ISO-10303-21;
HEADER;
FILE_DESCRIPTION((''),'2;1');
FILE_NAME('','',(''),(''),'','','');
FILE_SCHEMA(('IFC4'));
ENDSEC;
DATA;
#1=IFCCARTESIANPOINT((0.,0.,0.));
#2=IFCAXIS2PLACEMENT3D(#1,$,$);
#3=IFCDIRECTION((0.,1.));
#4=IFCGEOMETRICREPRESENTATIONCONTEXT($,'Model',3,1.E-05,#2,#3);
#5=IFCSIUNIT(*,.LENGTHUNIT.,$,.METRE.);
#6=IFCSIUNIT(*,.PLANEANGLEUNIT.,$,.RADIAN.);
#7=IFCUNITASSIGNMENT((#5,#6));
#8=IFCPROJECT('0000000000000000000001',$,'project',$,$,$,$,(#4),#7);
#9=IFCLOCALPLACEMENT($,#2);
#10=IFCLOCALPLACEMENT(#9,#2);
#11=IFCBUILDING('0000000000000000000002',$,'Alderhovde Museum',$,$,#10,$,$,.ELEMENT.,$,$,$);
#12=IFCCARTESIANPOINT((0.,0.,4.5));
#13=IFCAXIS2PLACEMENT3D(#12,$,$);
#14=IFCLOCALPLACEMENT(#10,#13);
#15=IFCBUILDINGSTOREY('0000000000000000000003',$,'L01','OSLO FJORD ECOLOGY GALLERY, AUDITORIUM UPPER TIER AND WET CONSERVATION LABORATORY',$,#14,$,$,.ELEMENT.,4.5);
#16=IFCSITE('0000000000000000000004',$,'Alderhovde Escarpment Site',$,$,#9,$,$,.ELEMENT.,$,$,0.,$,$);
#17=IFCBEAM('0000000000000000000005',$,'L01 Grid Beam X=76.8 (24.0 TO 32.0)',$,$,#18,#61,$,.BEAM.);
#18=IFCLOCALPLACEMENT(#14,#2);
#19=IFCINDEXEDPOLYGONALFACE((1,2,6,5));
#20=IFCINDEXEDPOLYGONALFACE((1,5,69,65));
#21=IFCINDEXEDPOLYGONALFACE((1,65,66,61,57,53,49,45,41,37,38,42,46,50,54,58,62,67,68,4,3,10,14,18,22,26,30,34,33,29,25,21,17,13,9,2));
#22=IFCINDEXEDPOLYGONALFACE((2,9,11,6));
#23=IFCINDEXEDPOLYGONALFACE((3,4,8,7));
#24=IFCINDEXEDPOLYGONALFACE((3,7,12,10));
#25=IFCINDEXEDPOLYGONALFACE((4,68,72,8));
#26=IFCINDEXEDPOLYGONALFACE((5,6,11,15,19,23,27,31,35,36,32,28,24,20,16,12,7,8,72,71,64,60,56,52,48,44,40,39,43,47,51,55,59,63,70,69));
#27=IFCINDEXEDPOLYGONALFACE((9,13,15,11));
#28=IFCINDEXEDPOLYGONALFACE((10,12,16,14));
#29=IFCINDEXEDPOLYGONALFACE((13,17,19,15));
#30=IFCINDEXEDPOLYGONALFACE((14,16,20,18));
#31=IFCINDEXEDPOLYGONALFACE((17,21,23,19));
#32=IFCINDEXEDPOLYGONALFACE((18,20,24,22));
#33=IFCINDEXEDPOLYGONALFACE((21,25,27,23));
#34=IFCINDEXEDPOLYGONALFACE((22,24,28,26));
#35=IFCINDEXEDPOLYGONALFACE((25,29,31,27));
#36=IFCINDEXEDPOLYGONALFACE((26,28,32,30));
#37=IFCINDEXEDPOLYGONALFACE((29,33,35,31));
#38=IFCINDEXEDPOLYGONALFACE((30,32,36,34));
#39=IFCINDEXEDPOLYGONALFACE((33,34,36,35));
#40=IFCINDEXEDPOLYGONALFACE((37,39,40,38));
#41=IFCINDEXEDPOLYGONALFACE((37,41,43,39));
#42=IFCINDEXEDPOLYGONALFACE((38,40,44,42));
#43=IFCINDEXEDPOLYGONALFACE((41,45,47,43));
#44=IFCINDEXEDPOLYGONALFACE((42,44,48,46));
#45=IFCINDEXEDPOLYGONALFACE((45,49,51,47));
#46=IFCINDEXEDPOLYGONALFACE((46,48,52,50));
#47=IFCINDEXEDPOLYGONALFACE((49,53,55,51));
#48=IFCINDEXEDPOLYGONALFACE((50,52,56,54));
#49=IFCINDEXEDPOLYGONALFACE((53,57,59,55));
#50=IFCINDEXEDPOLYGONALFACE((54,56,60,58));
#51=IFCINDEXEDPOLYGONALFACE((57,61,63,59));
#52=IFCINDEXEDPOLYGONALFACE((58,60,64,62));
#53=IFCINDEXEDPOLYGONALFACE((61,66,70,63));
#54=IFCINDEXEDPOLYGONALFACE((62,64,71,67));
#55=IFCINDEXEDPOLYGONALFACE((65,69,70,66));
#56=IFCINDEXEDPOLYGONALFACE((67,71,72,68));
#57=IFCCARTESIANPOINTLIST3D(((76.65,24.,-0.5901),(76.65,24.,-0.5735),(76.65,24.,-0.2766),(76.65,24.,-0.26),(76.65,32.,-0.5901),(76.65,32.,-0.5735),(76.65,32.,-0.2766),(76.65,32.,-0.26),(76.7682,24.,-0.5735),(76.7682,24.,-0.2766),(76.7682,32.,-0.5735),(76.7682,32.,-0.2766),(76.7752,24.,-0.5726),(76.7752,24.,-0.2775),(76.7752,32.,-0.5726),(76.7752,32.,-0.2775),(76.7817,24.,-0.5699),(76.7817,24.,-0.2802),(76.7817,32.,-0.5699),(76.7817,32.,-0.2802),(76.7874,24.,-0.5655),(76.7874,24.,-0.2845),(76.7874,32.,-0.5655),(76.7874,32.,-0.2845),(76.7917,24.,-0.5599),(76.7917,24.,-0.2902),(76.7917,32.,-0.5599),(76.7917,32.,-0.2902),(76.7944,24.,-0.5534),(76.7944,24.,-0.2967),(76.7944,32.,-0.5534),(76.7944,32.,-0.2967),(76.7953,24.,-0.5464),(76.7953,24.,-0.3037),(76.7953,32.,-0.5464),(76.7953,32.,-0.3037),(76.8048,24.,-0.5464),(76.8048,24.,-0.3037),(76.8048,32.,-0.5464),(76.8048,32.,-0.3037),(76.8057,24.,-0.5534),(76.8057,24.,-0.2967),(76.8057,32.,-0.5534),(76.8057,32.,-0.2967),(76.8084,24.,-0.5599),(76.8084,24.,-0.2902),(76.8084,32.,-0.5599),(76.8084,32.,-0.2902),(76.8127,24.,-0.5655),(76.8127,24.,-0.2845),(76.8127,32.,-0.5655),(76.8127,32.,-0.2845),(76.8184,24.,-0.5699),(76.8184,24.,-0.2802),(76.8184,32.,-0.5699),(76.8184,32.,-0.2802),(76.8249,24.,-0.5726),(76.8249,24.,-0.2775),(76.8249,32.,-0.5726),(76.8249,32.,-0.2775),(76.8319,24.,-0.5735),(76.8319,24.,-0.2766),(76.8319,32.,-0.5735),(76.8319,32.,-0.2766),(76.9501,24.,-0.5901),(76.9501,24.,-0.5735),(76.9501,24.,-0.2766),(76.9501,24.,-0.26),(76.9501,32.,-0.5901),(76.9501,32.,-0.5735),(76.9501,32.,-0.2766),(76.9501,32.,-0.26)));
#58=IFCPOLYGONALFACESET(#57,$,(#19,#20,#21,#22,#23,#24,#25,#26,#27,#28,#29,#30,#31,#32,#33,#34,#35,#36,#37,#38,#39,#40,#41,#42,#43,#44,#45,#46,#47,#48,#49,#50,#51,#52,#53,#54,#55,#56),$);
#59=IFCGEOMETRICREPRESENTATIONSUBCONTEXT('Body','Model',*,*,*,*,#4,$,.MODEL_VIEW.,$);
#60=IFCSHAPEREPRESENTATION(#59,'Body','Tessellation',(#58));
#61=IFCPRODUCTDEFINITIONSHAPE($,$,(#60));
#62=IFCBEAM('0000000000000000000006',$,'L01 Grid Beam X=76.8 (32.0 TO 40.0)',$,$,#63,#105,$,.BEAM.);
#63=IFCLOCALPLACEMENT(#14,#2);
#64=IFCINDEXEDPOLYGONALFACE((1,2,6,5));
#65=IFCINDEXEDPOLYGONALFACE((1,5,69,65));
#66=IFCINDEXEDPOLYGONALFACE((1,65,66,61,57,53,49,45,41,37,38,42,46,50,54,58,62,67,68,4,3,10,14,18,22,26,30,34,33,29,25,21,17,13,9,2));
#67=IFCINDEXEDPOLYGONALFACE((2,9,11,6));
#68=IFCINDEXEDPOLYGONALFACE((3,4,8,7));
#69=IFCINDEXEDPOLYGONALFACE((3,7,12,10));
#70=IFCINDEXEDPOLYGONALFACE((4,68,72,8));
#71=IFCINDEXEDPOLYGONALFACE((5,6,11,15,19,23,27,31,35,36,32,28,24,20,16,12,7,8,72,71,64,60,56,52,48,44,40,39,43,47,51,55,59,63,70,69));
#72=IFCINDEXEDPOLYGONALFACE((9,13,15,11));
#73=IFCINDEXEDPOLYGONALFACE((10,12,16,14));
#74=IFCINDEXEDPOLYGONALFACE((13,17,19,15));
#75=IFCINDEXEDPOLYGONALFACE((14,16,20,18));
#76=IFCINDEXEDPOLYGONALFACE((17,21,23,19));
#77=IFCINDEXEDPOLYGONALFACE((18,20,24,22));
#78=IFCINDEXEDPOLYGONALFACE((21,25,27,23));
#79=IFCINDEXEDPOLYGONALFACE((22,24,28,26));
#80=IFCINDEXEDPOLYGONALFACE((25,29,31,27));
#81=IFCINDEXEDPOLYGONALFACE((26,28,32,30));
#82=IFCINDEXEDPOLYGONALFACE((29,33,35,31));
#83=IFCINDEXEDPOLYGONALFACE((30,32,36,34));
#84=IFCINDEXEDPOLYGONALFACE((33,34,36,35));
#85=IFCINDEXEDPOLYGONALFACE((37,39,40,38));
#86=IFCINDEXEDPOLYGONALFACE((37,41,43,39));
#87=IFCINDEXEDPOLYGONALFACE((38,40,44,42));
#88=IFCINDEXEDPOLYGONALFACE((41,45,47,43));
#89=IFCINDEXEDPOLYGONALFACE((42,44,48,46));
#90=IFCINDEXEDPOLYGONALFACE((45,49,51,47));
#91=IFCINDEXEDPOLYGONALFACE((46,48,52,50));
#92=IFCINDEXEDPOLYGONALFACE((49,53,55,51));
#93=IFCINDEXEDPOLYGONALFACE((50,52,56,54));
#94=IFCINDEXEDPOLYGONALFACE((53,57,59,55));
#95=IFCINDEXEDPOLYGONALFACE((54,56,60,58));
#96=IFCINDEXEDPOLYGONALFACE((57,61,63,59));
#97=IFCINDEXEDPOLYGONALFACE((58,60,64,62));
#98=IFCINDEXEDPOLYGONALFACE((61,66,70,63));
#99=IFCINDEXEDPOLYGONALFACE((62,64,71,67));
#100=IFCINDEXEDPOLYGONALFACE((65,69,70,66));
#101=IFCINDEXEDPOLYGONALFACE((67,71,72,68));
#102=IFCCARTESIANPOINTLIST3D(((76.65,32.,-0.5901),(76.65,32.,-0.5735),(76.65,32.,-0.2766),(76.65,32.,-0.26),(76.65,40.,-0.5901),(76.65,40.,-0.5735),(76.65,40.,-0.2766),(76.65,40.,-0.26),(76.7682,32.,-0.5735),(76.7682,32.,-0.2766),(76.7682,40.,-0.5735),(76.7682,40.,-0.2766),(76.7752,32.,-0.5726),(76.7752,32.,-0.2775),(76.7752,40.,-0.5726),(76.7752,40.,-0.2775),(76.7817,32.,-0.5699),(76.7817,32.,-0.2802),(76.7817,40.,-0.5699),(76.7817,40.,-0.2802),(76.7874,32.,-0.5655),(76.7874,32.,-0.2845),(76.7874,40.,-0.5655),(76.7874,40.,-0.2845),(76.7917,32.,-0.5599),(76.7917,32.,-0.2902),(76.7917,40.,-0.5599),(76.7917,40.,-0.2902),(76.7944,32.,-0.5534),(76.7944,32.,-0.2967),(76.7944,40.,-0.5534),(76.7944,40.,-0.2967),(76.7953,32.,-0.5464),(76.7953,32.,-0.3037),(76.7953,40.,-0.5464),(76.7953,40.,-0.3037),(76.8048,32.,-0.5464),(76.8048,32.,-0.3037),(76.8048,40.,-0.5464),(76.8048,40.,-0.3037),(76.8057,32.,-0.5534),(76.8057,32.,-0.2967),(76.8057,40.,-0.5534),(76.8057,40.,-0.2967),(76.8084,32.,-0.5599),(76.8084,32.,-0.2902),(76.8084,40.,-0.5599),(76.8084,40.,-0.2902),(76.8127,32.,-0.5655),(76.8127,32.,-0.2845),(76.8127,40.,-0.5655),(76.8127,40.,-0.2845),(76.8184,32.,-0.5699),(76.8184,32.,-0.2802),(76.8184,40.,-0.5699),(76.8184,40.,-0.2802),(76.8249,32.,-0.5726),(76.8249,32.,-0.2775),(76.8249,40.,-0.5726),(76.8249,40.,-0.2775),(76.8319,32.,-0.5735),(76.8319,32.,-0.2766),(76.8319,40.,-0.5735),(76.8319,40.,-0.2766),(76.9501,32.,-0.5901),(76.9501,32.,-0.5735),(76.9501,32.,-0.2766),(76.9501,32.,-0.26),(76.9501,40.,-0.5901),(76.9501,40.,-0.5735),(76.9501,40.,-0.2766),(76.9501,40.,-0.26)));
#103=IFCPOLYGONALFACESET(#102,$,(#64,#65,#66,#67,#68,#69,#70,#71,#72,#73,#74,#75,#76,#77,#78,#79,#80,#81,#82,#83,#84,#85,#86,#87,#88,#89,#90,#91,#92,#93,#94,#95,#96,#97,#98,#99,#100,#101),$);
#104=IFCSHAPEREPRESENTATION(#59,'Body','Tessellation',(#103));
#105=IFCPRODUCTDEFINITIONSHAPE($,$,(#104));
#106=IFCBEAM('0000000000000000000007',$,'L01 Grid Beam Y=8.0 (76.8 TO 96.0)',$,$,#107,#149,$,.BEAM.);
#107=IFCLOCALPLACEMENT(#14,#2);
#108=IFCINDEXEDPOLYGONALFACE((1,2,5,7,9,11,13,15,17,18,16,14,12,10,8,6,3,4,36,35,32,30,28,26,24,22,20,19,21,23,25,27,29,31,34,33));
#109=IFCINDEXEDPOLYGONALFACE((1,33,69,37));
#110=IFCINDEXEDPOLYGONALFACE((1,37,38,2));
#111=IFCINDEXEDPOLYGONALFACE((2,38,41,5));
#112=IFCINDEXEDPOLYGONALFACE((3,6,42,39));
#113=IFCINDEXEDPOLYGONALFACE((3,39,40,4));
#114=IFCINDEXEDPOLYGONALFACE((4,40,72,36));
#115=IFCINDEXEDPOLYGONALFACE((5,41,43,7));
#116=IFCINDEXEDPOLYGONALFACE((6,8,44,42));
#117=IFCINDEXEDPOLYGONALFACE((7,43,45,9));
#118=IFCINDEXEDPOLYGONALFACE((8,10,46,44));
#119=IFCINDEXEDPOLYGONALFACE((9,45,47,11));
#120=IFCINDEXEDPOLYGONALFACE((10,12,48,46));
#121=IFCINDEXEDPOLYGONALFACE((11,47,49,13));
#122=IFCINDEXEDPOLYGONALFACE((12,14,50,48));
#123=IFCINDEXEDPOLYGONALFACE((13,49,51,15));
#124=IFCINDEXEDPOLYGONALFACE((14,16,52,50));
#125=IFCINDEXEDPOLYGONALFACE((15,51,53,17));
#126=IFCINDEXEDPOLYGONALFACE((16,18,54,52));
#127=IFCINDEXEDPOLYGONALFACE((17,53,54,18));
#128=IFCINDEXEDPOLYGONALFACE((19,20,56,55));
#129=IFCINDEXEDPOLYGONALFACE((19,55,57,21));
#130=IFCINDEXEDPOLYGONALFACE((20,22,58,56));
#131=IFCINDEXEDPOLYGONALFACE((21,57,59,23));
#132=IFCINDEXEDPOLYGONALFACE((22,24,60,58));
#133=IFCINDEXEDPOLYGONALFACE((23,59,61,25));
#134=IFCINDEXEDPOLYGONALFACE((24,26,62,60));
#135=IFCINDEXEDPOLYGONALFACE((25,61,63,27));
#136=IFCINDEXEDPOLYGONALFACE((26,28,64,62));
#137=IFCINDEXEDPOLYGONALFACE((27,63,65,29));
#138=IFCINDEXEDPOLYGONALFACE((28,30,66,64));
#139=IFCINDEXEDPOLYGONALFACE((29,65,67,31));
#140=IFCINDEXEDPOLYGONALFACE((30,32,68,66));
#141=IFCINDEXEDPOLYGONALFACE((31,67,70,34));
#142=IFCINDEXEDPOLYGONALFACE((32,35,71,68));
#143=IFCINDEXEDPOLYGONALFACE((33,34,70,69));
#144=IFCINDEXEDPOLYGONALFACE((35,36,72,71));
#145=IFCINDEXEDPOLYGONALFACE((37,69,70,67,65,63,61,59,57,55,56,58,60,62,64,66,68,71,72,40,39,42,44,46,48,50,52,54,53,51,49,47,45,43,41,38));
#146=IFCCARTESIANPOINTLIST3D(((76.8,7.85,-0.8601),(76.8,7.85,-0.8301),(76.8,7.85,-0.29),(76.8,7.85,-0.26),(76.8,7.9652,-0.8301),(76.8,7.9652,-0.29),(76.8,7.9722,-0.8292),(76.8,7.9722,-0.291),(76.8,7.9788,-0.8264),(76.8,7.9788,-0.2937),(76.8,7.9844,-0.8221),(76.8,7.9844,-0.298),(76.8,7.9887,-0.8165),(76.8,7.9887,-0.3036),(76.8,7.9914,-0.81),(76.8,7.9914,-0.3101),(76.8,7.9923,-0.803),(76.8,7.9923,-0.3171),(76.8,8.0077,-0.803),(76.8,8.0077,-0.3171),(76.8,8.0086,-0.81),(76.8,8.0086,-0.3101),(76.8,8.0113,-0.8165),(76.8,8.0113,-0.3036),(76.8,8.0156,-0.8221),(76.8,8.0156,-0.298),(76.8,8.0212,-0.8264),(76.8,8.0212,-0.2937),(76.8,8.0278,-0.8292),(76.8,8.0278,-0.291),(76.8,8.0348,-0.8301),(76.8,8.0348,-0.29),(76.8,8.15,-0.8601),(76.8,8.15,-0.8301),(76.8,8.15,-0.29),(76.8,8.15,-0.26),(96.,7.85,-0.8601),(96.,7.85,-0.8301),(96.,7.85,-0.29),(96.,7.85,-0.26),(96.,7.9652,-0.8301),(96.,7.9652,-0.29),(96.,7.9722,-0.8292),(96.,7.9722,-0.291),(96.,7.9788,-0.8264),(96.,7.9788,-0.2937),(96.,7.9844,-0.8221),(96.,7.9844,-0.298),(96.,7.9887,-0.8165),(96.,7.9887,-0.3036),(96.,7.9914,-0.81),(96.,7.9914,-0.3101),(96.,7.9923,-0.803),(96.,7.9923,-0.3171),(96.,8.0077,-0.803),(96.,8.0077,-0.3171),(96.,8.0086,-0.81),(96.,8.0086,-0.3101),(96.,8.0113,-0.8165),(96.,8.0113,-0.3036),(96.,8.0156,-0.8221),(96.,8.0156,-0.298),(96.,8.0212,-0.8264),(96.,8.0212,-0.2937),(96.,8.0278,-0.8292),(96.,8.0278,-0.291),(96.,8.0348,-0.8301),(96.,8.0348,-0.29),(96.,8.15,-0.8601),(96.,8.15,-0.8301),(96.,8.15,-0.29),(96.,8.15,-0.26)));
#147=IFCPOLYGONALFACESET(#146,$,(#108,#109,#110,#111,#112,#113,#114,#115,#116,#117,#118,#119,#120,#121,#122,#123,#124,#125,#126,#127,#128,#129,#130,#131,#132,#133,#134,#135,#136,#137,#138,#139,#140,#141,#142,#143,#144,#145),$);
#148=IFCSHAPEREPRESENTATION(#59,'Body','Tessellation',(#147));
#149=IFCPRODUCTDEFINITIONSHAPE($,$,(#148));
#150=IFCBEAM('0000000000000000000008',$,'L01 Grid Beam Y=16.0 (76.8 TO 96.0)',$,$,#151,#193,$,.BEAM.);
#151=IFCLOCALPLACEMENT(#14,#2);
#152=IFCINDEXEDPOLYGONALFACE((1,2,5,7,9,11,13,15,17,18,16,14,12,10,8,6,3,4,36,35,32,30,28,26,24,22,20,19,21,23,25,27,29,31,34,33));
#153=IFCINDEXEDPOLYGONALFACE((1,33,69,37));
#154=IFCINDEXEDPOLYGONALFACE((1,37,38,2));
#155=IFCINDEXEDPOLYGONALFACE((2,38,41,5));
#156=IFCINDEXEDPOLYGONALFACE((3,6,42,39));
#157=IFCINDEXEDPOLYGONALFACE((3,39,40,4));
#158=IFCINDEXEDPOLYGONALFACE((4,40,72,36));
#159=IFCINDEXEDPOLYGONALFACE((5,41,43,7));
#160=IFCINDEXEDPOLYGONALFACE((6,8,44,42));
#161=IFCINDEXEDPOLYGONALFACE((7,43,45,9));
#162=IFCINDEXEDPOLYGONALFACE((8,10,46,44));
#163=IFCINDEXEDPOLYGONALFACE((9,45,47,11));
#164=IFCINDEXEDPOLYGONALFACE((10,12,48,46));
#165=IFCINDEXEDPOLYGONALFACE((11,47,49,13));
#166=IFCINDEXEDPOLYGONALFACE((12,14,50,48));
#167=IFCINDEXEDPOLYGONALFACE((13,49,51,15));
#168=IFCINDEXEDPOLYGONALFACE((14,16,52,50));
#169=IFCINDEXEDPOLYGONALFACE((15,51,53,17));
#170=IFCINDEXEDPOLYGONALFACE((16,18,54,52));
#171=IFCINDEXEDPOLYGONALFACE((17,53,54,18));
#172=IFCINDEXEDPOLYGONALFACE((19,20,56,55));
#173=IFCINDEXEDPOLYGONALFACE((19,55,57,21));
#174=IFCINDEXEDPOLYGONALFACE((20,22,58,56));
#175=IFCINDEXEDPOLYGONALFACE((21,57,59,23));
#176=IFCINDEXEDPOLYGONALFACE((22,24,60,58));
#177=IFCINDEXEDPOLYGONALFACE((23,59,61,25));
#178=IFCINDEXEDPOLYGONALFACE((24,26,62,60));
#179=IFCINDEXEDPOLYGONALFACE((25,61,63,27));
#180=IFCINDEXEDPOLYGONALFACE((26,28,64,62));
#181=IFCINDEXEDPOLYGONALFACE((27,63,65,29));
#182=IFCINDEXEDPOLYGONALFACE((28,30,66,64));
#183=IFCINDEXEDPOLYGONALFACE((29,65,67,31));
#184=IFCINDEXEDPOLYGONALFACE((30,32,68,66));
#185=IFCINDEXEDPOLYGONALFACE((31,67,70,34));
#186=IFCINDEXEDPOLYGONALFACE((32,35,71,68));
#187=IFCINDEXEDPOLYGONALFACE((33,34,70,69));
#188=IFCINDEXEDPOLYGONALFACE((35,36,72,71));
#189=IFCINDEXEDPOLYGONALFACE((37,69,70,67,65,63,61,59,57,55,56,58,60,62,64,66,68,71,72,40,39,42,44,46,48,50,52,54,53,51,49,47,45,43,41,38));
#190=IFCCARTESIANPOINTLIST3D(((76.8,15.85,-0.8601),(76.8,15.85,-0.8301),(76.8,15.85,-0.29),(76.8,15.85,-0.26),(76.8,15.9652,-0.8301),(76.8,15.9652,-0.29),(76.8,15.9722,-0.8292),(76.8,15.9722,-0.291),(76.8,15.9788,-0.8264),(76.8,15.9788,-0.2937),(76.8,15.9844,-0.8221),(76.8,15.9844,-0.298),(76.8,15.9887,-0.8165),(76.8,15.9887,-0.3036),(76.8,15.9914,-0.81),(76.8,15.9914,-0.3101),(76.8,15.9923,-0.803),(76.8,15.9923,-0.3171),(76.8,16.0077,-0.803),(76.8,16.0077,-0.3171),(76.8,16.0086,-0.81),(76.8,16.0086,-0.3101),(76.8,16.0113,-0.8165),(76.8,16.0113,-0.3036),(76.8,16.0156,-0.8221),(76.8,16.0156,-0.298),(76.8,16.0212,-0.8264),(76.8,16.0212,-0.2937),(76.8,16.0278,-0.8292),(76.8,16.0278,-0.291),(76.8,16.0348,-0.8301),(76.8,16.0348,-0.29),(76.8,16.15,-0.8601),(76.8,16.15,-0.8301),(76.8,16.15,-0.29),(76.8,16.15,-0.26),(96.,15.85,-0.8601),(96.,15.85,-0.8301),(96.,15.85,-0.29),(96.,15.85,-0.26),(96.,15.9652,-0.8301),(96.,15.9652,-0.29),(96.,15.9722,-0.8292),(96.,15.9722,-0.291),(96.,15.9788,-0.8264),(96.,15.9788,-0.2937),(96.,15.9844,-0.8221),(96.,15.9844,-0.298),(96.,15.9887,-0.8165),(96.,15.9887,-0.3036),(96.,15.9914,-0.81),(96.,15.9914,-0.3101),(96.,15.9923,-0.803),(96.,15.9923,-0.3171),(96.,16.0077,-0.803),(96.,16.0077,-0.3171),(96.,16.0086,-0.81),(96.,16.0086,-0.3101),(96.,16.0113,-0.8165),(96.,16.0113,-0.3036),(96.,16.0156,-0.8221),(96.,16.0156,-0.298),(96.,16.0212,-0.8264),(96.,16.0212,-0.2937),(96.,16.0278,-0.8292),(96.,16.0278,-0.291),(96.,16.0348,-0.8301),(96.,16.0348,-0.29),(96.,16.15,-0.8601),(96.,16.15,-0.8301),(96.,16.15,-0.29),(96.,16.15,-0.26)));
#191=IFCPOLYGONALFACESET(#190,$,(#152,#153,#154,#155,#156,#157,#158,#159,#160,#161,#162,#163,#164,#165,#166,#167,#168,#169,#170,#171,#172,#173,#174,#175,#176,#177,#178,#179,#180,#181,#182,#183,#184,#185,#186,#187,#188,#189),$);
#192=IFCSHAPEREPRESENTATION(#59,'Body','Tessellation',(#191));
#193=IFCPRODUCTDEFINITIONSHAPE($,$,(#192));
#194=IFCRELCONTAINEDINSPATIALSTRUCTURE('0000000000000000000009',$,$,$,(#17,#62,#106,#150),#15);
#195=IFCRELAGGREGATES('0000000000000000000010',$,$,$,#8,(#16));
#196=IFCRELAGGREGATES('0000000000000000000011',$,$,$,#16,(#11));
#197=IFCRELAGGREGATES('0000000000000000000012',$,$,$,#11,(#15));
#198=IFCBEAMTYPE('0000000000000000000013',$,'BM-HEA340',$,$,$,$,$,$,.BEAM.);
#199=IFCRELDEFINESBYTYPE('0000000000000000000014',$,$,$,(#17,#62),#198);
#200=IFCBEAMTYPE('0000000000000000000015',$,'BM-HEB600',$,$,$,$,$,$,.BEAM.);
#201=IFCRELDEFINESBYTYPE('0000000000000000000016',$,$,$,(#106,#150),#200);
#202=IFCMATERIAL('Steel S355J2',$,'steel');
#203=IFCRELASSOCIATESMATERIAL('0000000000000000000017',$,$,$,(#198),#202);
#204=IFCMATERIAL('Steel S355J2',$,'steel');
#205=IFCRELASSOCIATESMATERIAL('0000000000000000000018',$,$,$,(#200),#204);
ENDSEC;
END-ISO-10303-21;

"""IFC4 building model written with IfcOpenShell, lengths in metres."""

from ifc_helpers import new_model, si_unit, direction, frame, origin, origin_2d, place, context, subcontext, project, spatial, i_section, extrude, material, material_profile, profile_set, type_object, element, save


model = new_model("IFC4")

# Units and contexts
model_context = context("Model", 3, precision=1e-05, world=origin(), true_north=direction((0.0, 1.0)))
body_context = subcontext(model_context, "Body", "Model", "MODEL_VIEW")
ifc_project = project(units=[si_unit("LENGTHUNIT", "METRE"), si_unit("PLANEANGLEUNIT", "RADIAN")], contexts=[model_context])

# Site, building, storey
site_placement = place(None, origin())
site = spatial("IfcSite", under=ifc_project, at=site_placement, Name="Alderhovde Escarpment Site", CompositionType="ELEMENT", RefElevation=0.0)
building_placement = place(site_placement, origin())
building = spatial("IfcBuilding", under=site, at=building_placement, Name="Alderhovde Museum", CompositionType="ELEMENT")
storey_placement = place(building_placement, frame((0.0, 0.0, 4.5)))
storey = spatial("IfcBuildingStorey", under=building, at=storey_placement, Name="L01", Description="OSLO FJORD ECOLOGY GALLERY, AUDITORIUM UPPER TIER AND WET CONSERVATION LABORATORY", CompositionType="ELEMENT", Elevation=4.5)

# Beams
ifc_material_1 = material(Name="Steel S355J2", Category="steel")
ifc_material_profile_1 = material_profile(ifc_material_1, i_section(OverallWidth=0.3, OverallDepth=0.3301, WebThickness=0.0095, FlangeThickness=0.0166, FilletRadius=0.0271, at=origin_2d()), Name="HEA 340")
ifc_profile_set_1 = profile_set([ifc_material_profile_1], Name="Steel S355J2")
beam_type_1 = type_object("IfcBeamType", Name="BM-HEA340", PredefinedType="BEAM", material=ifc_profile_set_1)
for number, where, z_axis, x_axis, name in (
    (1, (76.8, 24.0, -0.425), (0.0, 1.0, 0.0), (-1.0, 0.0, 0.0), "L01 Grid Beam X=76.8 (24.0 TO 32.0)"),
    (2, (76.8, 32.0, -0.425), (0.0, 1.0, 0.0), (-1.0, 0.0, 0.0), "L01 Grid Beam X=76.8 (32.0 TO 40.0)"),
):
    element("IfcBeam", number, at=place(storey_placement, frame(where, z_axis=z_axis, x_axis=x_axis)), inside=storey, type_object=beam_type_1, Name=name, PredefinedType="BEAM", context=body_context, shape_type="SweptSolid", body=[
        extrude(i_section(OverallWidth=0.3, OverallDepth=0.3301, WebThickness=0.0095, FlangeThickness=0.0166, FilletRadius=0.0271, at=origin_2d()), origin(), (0.0, 0.0, 1.0), 8.0),
    ])
ifc_material_2 = material(Name="Steel S355J2", Category="steel")
ifc_material_profile_2 = material_profile(ifc_material_2, i_section(OverallWidth=0.3, OverallDepth=0.6001, WebThickness=0.0154, FlangeThickness=0.03, FilletRadius=0.0271, at=origin_2d()), Name="HEB 600")
ifc_profile_set_2 = profile_set([ifc_material_profile_2], Name="Steel S355J2")
beam_type_2 = type_object("IfcBeamType", Name="BM-HEB600", PredefinedType="BEAM", material=ifc_profile_set_2)
for number, where, z_axis, x_axis, name in (
    (3, (76.8, 8.0, -0.5601), (1.0, 0.0, 0.0), (0.0, 1.0, 0.0), "L01 Grid Beam Y=8.0 (76.8 TO 96.0)"),
    (4, (76.8, 16.0, -0.5601), (1.0, 0.0, 0.0), (0.0, 1.0, 0.0), "L01 Grid Beam Y=16.0 (76.8 TO 96.0)"),
):
    element("IfcBeam", number, at=place(storey_placement, frame(where, z_axis=z_axis, x_axis=x_axis)), inside=storey, type_object=beam_type_2, Name=name, PredefinedType="BEAM", context=body_context, shape_type="SweptSolid", body=[
        extrude(i_section(OverallWidth=0.3, OverallDepth=0.6001, WebThickness=0.0154, FlangeThickness=0.03, FilletRadius=0.0271, at=origin_2d()), origin(), (0.0, 0.0, 1.0), 19.2),
    ])

save(model, "model.ifc")
